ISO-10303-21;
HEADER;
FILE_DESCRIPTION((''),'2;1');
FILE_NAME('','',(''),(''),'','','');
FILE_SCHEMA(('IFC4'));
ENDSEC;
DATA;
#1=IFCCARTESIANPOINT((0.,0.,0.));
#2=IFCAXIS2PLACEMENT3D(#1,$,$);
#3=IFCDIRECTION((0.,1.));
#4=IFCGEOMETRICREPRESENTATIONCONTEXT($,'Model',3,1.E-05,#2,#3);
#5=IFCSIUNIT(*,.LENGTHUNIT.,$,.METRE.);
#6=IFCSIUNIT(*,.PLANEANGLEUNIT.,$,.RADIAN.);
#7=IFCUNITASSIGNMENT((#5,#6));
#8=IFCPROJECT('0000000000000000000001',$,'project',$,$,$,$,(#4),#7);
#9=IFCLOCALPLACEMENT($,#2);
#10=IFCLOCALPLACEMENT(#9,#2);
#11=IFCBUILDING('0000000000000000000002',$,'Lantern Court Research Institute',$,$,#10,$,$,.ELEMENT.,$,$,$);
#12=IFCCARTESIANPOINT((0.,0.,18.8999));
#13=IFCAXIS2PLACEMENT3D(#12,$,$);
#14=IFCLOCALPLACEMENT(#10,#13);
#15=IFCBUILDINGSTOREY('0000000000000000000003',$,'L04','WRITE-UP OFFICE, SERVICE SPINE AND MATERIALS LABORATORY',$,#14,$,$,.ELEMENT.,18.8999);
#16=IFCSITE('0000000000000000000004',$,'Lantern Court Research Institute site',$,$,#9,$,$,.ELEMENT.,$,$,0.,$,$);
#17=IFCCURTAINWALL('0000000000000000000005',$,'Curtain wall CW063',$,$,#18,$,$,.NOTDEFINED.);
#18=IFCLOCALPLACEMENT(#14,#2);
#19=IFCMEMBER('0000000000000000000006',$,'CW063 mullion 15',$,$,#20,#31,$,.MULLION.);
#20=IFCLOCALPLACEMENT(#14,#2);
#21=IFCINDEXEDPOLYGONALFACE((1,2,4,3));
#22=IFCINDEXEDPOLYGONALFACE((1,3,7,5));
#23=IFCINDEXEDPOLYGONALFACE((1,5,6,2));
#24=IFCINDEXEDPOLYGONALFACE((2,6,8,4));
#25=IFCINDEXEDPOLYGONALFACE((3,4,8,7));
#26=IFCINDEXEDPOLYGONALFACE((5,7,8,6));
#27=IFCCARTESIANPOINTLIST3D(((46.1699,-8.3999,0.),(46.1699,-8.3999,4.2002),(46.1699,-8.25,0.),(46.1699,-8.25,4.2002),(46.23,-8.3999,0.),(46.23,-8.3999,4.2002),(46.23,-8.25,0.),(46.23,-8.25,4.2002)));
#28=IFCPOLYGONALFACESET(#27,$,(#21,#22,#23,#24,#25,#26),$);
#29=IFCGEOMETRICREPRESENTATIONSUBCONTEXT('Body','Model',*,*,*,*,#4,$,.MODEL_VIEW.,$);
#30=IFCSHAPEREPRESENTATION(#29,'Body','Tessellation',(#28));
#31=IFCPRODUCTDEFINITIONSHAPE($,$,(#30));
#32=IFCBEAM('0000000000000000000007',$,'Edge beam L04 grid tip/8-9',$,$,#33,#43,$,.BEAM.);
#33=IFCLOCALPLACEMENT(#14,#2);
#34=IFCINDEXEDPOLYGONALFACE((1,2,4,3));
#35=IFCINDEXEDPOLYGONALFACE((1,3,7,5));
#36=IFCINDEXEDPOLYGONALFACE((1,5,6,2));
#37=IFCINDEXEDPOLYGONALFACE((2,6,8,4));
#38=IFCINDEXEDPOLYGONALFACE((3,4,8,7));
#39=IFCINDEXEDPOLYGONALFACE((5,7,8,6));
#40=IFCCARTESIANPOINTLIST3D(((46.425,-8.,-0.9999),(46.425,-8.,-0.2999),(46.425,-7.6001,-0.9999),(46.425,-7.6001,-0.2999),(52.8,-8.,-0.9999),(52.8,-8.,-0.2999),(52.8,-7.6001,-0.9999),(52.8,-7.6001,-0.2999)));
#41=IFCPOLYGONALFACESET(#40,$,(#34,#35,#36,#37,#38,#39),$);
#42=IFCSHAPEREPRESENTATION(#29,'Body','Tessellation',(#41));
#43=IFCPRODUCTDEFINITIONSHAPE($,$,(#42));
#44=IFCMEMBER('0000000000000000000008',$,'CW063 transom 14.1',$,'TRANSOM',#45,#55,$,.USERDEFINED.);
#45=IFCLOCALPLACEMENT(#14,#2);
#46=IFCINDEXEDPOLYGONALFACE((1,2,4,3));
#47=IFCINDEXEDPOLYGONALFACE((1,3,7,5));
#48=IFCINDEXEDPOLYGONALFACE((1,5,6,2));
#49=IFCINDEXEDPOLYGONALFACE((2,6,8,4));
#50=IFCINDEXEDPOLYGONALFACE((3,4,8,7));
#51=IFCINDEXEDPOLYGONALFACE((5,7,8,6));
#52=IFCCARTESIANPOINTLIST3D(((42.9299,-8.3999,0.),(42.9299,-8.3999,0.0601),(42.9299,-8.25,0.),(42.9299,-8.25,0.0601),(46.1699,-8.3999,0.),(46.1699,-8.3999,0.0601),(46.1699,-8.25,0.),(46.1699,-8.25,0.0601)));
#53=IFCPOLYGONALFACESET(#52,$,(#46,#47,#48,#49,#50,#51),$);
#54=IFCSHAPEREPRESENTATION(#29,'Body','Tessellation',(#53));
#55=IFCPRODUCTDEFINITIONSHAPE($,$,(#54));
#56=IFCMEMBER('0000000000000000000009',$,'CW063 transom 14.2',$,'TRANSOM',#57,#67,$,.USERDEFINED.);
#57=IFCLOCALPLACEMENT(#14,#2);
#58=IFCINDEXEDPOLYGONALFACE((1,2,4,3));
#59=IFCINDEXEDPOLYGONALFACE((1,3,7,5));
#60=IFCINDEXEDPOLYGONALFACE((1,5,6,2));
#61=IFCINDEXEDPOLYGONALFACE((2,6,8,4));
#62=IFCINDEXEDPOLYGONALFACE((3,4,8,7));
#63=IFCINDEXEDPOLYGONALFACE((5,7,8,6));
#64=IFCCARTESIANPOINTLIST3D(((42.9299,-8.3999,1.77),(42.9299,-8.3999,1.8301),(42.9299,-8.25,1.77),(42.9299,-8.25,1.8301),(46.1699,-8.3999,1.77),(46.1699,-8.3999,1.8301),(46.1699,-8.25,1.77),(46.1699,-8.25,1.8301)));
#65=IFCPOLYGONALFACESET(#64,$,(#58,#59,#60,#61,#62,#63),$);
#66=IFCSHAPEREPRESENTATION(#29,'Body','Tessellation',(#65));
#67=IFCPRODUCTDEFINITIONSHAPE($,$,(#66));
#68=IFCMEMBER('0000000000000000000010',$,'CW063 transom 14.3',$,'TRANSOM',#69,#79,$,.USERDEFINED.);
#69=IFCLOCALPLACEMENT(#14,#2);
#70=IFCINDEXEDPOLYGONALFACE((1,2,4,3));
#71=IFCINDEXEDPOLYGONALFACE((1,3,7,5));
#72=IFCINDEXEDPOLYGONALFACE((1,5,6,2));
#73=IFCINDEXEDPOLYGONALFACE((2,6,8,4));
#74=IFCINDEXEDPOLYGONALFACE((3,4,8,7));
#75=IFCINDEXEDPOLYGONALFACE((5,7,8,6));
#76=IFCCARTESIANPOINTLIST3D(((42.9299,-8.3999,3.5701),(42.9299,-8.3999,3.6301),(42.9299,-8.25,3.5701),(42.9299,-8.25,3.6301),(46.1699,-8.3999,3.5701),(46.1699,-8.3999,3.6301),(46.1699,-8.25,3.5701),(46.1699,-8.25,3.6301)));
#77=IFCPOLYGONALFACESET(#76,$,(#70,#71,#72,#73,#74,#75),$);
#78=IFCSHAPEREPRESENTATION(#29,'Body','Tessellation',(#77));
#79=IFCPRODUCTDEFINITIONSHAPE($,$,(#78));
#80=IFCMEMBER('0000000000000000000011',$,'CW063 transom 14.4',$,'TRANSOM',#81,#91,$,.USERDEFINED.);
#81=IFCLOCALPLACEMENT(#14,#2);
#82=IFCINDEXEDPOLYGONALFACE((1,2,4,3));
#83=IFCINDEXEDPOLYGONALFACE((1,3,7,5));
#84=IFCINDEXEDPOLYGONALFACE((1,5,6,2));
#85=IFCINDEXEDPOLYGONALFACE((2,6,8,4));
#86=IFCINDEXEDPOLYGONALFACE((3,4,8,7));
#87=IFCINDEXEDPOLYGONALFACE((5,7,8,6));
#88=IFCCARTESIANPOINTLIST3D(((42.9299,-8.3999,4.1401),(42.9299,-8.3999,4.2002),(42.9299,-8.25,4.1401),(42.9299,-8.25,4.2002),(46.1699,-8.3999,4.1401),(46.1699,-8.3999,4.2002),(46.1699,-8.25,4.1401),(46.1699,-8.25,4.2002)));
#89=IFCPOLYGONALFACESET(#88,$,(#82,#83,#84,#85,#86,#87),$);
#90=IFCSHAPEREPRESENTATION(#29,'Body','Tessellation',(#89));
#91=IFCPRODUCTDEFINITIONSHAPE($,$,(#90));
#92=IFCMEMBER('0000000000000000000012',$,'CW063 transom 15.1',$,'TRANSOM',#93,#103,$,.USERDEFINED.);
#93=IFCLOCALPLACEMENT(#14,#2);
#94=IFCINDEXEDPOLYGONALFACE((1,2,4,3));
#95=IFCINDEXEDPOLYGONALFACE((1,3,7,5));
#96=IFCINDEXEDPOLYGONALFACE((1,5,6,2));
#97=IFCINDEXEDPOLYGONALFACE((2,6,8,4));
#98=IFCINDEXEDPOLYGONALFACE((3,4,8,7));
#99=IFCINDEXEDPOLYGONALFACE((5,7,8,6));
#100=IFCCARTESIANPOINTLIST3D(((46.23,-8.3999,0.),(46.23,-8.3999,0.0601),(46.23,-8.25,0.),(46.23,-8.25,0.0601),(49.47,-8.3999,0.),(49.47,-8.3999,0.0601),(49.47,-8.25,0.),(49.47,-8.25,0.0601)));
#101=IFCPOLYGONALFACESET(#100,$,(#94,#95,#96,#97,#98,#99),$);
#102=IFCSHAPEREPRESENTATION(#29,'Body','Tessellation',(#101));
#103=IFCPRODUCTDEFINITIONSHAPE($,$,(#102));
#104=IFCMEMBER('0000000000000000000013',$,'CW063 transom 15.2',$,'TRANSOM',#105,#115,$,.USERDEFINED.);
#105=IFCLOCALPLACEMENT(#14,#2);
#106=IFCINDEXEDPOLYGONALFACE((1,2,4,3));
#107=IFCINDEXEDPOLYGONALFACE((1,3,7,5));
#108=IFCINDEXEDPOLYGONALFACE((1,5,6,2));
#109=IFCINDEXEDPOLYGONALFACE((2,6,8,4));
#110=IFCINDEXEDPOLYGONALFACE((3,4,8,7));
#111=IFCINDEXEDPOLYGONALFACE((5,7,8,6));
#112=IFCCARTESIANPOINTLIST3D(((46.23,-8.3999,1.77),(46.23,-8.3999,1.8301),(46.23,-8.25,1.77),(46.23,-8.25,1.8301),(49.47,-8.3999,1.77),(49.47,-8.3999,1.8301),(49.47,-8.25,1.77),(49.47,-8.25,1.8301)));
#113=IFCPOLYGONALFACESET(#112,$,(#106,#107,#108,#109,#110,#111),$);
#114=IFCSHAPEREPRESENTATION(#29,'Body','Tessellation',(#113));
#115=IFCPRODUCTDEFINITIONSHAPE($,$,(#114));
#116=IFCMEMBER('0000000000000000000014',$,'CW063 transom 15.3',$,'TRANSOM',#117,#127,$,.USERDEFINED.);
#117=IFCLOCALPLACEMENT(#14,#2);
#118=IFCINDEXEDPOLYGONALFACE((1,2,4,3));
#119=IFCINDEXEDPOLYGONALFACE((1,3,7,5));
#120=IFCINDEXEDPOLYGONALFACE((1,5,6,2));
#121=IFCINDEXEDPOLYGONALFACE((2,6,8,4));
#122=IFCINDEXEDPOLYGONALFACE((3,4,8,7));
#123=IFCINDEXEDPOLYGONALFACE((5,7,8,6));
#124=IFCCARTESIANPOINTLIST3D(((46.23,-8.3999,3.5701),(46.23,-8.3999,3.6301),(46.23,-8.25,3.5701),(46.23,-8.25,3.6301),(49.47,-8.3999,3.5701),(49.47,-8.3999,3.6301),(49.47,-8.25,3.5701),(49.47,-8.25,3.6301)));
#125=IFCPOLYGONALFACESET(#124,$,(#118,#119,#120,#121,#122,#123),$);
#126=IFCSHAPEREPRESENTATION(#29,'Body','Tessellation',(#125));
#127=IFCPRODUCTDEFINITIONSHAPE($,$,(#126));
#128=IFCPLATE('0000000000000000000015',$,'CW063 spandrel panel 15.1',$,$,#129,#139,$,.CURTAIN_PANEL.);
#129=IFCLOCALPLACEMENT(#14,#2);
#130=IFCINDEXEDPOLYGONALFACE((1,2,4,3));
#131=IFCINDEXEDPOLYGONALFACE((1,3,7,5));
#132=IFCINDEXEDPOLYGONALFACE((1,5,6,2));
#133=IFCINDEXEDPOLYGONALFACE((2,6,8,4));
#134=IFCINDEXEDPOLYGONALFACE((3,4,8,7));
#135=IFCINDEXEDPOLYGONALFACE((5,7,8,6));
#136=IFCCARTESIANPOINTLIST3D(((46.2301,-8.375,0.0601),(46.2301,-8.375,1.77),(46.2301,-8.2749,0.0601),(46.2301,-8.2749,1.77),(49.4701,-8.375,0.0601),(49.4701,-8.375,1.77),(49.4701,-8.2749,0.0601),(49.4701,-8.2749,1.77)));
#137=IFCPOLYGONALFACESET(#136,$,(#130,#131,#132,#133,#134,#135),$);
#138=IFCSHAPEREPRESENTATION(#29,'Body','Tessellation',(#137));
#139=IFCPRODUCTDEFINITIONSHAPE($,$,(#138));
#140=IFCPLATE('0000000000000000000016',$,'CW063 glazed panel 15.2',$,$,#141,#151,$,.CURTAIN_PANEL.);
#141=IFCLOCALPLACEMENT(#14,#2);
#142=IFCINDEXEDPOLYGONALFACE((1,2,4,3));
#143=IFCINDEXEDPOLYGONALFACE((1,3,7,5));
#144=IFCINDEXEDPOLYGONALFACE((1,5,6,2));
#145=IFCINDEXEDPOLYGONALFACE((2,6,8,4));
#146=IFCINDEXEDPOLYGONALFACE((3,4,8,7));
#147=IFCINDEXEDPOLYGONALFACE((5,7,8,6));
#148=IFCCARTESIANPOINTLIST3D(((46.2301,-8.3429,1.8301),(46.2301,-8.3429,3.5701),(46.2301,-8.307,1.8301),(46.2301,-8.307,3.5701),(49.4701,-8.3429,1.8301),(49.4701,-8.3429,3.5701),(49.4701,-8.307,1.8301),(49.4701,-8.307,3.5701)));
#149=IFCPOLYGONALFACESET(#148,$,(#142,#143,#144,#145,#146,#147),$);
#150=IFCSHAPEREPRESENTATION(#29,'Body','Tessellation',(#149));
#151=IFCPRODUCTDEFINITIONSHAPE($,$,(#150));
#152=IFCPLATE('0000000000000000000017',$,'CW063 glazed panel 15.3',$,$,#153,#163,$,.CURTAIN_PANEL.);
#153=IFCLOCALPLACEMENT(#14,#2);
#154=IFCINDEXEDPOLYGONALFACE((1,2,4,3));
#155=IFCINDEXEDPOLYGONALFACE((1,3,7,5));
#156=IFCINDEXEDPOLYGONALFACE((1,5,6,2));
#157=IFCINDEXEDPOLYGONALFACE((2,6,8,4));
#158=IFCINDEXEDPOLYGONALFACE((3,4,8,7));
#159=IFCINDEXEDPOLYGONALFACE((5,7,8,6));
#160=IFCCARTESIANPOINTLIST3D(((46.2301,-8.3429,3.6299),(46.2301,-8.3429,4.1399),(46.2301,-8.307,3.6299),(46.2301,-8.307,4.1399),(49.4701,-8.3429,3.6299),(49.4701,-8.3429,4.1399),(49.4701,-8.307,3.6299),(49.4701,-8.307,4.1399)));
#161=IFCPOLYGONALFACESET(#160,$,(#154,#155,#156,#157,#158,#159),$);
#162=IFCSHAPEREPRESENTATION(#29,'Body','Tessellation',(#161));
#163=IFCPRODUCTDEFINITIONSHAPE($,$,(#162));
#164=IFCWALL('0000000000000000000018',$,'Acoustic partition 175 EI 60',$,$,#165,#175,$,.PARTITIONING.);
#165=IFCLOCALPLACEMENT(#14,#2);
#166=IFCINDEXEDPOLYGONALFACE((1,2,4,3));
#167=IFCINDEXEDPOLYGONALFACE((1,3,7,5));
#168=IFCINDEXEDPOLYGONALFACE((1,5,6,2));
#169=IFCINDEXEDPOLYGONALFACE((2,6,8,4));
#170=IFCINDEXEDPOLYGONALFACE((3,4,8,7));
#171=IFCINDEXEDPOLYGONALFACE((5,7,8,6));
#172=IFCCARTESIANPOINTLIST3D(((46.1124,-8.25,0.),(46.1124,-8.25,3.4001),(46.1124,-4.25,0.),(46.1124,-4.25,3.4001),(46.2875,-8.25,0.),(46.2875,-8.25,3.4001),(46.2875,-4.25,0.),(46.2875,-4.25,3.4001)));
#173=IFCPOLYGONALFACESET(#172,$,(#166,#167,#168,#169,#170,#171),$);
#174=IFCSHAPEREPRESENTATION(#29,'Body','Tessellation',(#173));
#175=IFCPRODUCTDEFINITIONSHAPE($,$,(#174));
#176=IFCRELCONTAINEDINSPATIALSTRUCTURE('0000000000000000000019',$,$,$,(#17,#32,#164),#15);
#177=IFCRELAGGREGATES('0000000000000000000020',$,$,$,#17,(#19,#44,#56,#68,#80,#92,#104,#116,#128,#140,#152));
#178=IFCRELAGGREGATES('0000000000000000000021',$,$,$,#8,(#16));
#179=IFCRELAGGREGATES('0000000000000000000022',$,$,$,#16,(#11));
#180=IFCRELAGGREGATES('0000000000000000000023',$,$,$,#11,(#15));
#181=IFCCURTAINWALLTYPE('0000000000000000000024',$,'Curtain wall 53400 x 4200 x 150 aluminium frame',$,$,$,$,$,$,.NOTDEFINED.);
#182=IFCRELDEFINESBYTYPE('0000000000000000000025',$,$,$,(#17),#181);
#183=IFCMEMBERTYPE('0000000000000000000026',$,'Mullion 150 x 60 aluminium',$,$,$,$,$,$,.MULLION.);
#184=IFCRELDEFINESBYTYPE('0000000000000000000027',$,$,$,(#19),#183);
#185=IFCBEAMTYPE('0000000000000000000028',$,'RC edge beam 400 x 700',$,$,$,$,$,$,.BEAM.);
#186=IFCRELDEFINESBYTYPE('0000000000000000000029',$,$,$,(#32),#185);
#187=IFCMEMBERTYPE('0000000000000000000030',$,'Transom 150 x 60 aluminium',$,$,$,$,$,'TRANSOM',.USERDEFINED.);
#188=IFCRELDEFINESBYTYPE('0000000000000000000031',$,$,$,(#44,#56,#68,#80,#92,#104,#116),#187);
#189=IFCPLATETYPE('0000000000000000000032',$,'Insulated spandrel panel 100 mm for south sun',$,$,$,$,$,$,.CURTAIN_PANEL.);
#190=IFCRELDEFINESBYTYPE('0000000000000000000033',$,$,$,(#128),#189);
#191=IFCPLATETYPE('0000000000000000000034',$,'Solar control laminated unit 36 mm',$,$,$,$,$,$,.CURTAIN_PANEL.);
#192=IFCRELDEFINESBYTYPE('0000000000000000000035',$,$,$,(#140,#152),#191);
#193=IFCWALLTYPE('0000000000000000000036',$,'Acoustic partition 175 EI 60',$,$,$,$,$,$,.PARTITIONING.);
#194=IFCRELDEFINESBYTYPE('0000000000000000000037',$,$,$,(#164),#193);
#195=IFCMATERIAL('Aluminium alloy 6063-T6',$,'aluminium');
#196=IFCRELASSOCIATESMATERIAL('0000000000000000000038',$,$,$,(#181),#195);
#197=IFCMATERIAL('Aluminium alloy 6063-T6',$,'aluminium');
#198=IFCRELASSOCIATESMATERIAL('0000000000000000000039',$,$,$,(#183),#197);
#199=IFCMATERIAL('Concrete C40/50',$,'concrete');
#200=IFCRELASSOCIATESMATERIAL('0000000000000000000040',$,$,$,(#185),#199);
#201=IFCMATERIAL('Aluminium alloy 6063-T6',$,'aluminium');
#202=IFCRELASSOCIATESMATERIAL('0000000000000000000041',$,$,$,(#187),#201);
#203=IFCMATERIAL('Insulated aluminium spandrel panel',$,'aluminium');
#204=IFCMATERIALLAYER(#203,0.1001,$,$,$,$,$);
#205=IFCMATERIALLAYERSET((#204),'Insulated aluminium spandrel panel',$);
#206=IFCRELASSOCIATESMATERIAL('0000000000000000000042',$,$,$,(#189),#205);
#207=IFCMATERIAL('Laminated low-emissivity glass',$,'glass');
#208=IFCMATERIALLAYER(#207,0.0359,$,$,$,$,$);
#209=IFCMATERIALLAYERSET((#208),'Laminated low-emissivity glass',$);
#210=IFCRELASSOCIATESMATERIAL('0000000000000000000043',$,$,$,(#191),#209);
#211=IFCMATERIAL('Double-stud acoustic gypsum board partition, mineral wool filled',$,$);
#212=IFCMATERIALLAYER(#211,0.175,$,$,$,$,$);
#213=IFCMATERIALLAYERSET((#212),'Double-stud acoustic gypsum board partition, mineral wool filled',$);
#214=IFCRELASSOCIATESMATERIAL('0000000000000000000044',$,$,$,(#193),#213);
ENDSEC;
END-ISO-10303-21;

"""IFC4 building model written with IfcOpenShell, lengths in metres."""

from ifc_helpers import new_model, si_unit, direction, frame, frame_2d, origin, origin_2d, place, context, subcontext, project, spatial, rectangle, extrude, material, layer, layer_set, material_profile, profile_set, type_object, element, aggregate, save


model = new_model("IFC4")

# Units and contexts
model_context = context("Model", 3, precision=1e-05, world=origin(), true_north=direction((0.0, 1.0)))
body_context = subcontext(model_context, "Body", "Model", "MODEL_VIEW")
ifc_project = project(units=[si_unit("LENGTHUNIT", "METRE"), si_unit("PLANEANGLEUNIT", "RADIAN")], contexts=[model_context])

# Site, building, storey
site_placement = place(None, origin())
site = spatial("IfcSite", under=ifc_project, at=site_placement, Name="Lantern Court Research Institute site", CompositionType="ELEMENT", RefElevation=0.0)
building_placement = place(site_placement, origin())
building = spatial("IfcBuilding", under=site, at=building_placement, Name="Lantern Court Research Institute", CompositionType="ELEMENT")
storey_placement = place(building_placement, frame((0.0, 0.0, 18.8999)))
storey = spatial("IfcBuildingStorey", under=building, at=storey_placement, Name="L04", Description="WRITE-UP OFFICE, SERVICE SPINE AND MATERIALS LABORATORY", CompositionType="ELEMENT", Elevation=18.8999)

# Curtain wall, member
ifc_material_1 = material(Name="Aluminium alloy 6063-T6", Category="aluminium")
curtain_wall_type = type_object("IfcCurtainWallType", Name="Curtain wall 53400 x 4200 x 150 aluminium frame", PredefinedType="NOTDEFINED", material=ifc_material_1)
curtain_wall_placement = place(storey_placement, origin())
curtain_wall = element("IfcCurtainWall", 1, at=curtain_wall_placement, inside=storey, type_object=curtain_wall_type, Name="Curtain wall CW063", PredefinedType="NOTDEFINED")
ifc_material_2 = material(Name="Aluminium alloy 6063-T6", Category="aluminium")
ifc_material_profile_1 = material_profile(ifc_material_2, rectangle(XDim=0.1499, YDim=0.0601, at=origin_2d()), Name="Mullion 150 x 60")
ifc_profile_set_1 = profile_set([ifc_material_profile_1], Name="Aluminium alloy 6063-T6")
member_type_1 = type_object("IfcMemberType", Name="Mullion 150 x 60 aluminium", PredefinedType="MULLION", material=ifc_profile_set_1)
member_1_placement = place(storey_placement, frame((46.2, -8.325, 0.0), z_axis=(0.0, 0.0, 1.0), x_axis=(0.0, -1.0, 0.0)))
member_1 = element("IfcMember", 2, at=member_1_placement, type_object=member_type_1, Name="CW063 mullion 15", PredefinedType="MULLION", context=body_context, shape_type="SweptSolid", body=[
    extrude(rectangle(XDim=0.1499, YDim=0.0601, at=origin_2d()), origin(), (0.0, 0.0, 1.0), 4.2002),
])

# Beam
ifc_material_3 = material(Name="Concrete C40/50", Category="concrete")
ifc_material_profile_2 = material_profile(ifc_material_3, rectangle(XDim=0.3999, YDim=0.7, at=origin_2d()), Name="RC beam 400 x 700")
ifc_profile_set_2 = profile_set([ifc_material_profile_2], Name="Concrete C40/50")
beam_type = type_object("IfcBeamType", Name="RC edge beam 400 x 700", PredefinedType="BEAM", material=ifc_profile_set_2)
beam_placement = place(storey_placement, frame((46.425, -7.8, -0.6499), z_axis=(1.0, 0.0, 0.0), x_axis=(0.0, 1.0, 0.0)))
element("IfcBeam", 3, at=beam_placement, inside=storey, type_object=beam_type, Name="Edge beam L04 grid tip/8-9", PredefinedType="BEAM", context=body_context, shape_type="SweptSolid", body=[
    extrude(rectangle(XDim=0.3999, YDim=0.7, at=origin_2d()), origin(), (0.0, 0.0, 1.0), 6.375),
])

# Members
ifc_material_4 = material(Name="Aluminium alloy 6063-T6", Category="aluminium")
ifc_material_profile_3 = material_profile(ifc_material_4, rectangle(XDim=0.1499, YDim=0.0601, at=origin_2d()), Name="Transom 150 x 60")
ifc_profile_set_3 = profile_set([ifc_material_profile_3], Name="Aluminium alloy 6063-T6")
member_type_2 = type_object("IfcMemberType", Name="Transom 150 x 60 aluminium", ElementType="TRANSOM", PredefinedType="USERDEFINED", material=ifc_profile_set_3)
member_2_placement = place(storey_placement, frame((46.1699, -8.325, 0.03), z_axis=(-1.0, 0.0, 0.0), x_axis=(0.0, -1.0, 0.0)))
member_2 = element("IfcMember", 4, at=member_2_placement, type_object=member_type_2, Name="CW063 transom 14.1", ObjectType="TRANSOM", PredefinedType="USERDEFINED", context=body_context, shape_type="SweptSolid", body=[
    extrude(rectangle(XDim=0.1499, YDim=0.0601, at=origin_2d()), origin(), (0.0, 0.0, 1.0), 3.24),
])
member_3_placement = place(storey_placement, frame((46.1699, -8.325, 1.8), z_axis=(-1.0, 0.0, 0.0), x_axis=(0.0, -1.0, 0.0)))
member_3 = element("IfcMember", 5, at=member_3_placement, type_object=member_type_2, Name="CW063 transom 14.2", ObjectType="TRANSOM", PredefinedType="USERDEFINED", context=body_context, shape_type="SweptSolid", body=[
    extrude(rectangle(XDim=0.1499, YDim=0.0601, at=origin_2d()), origin(), (0.0, 0.0, 1.0), 3.24),
])
member_4_placement = place(storey_placement, frame((46.1699, -8.325, 3.6001), z_axis=(-1.0, 0.0, 0.0), x_axis=(0.0, -1.0, 0.0)))
member_4 = element("IfcMember", 6, at=member_4_placement, type_object=member_type_2, Name="CW063 transom 14.3", ObjectType="TRANSOM", PredefinedType="USERDEFINED", context=body_context, shape_type="SweptSolid", body=[
    extrude(rectangle(XDim=0.1499, YDim=0.0601, at=origin_2d()), origin(), (0.0, 0.0, 1.0), 3.24),
])
member_5_placement = place(storey_placement, frame((46.1699, -8.325, 4.1702), z_axis=(-1.0, 0.0, 0.0), x_axis=(0.0, -1.0, 0.0)))
member_5 = element("IfcMember", 7, at=member_5_placement, type_object=member_type_2, Name="CW063 transom 14.4", ObjectType="TRANSOM", PredefinedType="USERDEFINED", context=body_context, shape_type="SweptSolid", body=[
    extrude(rectangle(XDim=0.1499, YDim=0.0601, at=origin_2d()), origin(), (0.0, 0.0, 1.0), 3.24),
])
member_6_placement = place(storey_placement, frame((49.47, -8.325, 0.03), z_axis=(-1.0, 0.0, 0.0), x_axis=(0.0, -1.0, 0.0)))
member_6 = element("IfcMember", 8, at=member_6_placement, type_object=member_type_2, Name="CW063 transom 15.1", ObjectType="TRANSOM", PredefinedType="USERDEFINED", context=body_context, shape_type="SweptSolid", body=[
    extrude(rectangle(XDim=0.1499, YDim=0.0601, at=origin_2d()), origin(), (0.0, 0.0, 1.0), 3.24),
])
member_7_placement = place(storey_placement, frame((49.47, -8.325, 1.8), z_axis=(-1.0, 0.0, 0.0), x_axis=(0.0, -1.0, 0.0)))
member_7 = element("IfcMember", 9, at=member_7_placement, type_object=member_type_2, Name="CW063 transom 15.2", ObjectType="TRANSOM", PredefinedType="USERDEFINED", context=body_context, shape_type="SweptSolid", body=[
    extrude(rectangle(XDim=0.1499, YDim=0.0601, at=origin_2d()), origin(), (0.0, 0.0, 1.0), 3.24),
])
member_8_placement = place(storey_placement, frame((49.47, -8.325, 3.6001), z_axis=(-1.0, 0.0, 0.0), x_axis=(0.0, -1.0, 0.0)))
member_8 = element("IfcMember", 10, at=member_8_placement, type_object=member_type_2, Name="CW063 transom 15.3", ObjectType="TRANSOM", PredefinedType="USERDEFINED", context=body_context, shape_type="SweptSolid", body=[
    extrude(rectangle(XDim=0.1499, YDim=0.0601, at=origin_2d()), origin(), (0.0, 0.0, 1.0), 3.24),
])

# Plates
ifc_material_5 = material(Name="Insulated aluminium spandrel panel", Category="aluminium")
ifc_layer_1 = layer(ifc_material_5, 0.1001)
ifc_layer_set_1 = layer_set([ifc_layer_1], Name="Insulated aluminium spandrel panel")
plate_type_1 = type_object("IfcPlateType", Name="Insulated spandrel panel 100 mm for south sun", PredefinedType="CURTAIN_PANEL", material=ifc_layer_set_1)
plate_1_placement = place(storey_placement, frame((47.8501, -8.325, 0.0601), z_axis=(0.0, 0.0, 1.0), x_axis=(-1.0, 0.0, 0.0)))
plate_1 = element("IfcPlate", 11, at=plate_1_placement, type_object=plate_type_1, Name="CW063 spandrel panel 15.1", PredefinedType="CURTAIN_PANEL", context=body_context, shape_type="SweptSolid", body=[
    extrude(rectangle(XDim=3.24, YDim=0.1001, at=origin_2d()), origin(), (0.0, 0.0, 1.0), 1.71),
])
ifc_material_6 = material(Name="Laminated low-emissivity glass", Category="glass")
ifc_layer_2 = layer(ifc_material_6, 0.0359)
ifc_layer_set_2 = layer_set([ifc_layer_2], Name="Laminated low-emissivity glass")
plate_type_2 = type_object("IfcPlateType", Name="Solar control laminated unit 36 mm", PredefinedType="CURTAIN_PANEL", material=ifc_layer_set_2)
plate_2_placement = place(storey_placement, frame((47.8501, -8.325, 1.8301), z_axis=(0.0, 0.0, 1.0), x_axis=(-1.0, 0.0, 0.0)))
plate_2 = element("IfcPlate", 12, at=plate_2_placement, type_object=plate_type_2, Name="CW063 glazed panel 15.2", PredefinedType="CURTAIN_PANEL", context=body_context, shape_type="SweptSolid", body=[
    extrude(rectangle(XDim=3.24, YDim=0.0359, at=origin_2d()), origin(), (0.0, 0.0, 1.0), 1.74),
])
plate_3_placement = place(storey_placement, frame((47.8501, -8.325, 3.6299), z_axis=(0.0, 0.0, 1.0), x_axis=(-1.0, 0.0, 0.0)))
plate_3 = element("IfcPlate", 13, at=plate_3_placement, type_object=plate_type_2, Name="CW063 glazed panel 15.3", PredefinedType="CURTAIN_PANEL", context=body_context, shape_type="SweptSolid", body=[
    extrude(rectangle(XDim=3.24, YDim=0.0359, at=origin_2d()), origin(), (0.0, 0.0, 1.0), 0.51),
])
aggregate(curtain_wall, [member_1, member_2, member_3, member_4, member_5, member_6, member_7, member_8, plate_1, plate_2, plate_3])

# Wall
ifc_material_7 = material(Name="Double-stud acoustic gypsum board partition, mineral wool filled")
ifc_layer_3 = layer(ifc_material_7, 0.175)
ifc_layer_set_3 = layer_set([ifc_layer_3], Name="Double-stud acoustic gypsum board partition, mineral wool filled")
wall_type = type_object("IfcWallType", Name="Acoustic partition 175 EI 60", PredefinedType="PARTITIONING", material=ifc_layer_set_3)
wall_placement = place(storey_placement, frame((46.2, -8.25, 0.0), z_axis=(0.0, 0.0, 1.0), x_axis=(0.0, 1.0, 0.0)))
element("IfcWall", 14, at=wall_placement, inside=storey, type_object=wall_type, Name="Acoustic partition 175 EI 60", PredefinedType="PARTITIONING", context=body_context, shape_type="SweptSolid", body=[
    extrude(rectangle(XDim=4.0, YDim=0.175, at=frame_2d((2.0, 0.0))), origin(), (0.0, 0.0, 1.0), 3.4001),
])

save(model, "model.ifc")
